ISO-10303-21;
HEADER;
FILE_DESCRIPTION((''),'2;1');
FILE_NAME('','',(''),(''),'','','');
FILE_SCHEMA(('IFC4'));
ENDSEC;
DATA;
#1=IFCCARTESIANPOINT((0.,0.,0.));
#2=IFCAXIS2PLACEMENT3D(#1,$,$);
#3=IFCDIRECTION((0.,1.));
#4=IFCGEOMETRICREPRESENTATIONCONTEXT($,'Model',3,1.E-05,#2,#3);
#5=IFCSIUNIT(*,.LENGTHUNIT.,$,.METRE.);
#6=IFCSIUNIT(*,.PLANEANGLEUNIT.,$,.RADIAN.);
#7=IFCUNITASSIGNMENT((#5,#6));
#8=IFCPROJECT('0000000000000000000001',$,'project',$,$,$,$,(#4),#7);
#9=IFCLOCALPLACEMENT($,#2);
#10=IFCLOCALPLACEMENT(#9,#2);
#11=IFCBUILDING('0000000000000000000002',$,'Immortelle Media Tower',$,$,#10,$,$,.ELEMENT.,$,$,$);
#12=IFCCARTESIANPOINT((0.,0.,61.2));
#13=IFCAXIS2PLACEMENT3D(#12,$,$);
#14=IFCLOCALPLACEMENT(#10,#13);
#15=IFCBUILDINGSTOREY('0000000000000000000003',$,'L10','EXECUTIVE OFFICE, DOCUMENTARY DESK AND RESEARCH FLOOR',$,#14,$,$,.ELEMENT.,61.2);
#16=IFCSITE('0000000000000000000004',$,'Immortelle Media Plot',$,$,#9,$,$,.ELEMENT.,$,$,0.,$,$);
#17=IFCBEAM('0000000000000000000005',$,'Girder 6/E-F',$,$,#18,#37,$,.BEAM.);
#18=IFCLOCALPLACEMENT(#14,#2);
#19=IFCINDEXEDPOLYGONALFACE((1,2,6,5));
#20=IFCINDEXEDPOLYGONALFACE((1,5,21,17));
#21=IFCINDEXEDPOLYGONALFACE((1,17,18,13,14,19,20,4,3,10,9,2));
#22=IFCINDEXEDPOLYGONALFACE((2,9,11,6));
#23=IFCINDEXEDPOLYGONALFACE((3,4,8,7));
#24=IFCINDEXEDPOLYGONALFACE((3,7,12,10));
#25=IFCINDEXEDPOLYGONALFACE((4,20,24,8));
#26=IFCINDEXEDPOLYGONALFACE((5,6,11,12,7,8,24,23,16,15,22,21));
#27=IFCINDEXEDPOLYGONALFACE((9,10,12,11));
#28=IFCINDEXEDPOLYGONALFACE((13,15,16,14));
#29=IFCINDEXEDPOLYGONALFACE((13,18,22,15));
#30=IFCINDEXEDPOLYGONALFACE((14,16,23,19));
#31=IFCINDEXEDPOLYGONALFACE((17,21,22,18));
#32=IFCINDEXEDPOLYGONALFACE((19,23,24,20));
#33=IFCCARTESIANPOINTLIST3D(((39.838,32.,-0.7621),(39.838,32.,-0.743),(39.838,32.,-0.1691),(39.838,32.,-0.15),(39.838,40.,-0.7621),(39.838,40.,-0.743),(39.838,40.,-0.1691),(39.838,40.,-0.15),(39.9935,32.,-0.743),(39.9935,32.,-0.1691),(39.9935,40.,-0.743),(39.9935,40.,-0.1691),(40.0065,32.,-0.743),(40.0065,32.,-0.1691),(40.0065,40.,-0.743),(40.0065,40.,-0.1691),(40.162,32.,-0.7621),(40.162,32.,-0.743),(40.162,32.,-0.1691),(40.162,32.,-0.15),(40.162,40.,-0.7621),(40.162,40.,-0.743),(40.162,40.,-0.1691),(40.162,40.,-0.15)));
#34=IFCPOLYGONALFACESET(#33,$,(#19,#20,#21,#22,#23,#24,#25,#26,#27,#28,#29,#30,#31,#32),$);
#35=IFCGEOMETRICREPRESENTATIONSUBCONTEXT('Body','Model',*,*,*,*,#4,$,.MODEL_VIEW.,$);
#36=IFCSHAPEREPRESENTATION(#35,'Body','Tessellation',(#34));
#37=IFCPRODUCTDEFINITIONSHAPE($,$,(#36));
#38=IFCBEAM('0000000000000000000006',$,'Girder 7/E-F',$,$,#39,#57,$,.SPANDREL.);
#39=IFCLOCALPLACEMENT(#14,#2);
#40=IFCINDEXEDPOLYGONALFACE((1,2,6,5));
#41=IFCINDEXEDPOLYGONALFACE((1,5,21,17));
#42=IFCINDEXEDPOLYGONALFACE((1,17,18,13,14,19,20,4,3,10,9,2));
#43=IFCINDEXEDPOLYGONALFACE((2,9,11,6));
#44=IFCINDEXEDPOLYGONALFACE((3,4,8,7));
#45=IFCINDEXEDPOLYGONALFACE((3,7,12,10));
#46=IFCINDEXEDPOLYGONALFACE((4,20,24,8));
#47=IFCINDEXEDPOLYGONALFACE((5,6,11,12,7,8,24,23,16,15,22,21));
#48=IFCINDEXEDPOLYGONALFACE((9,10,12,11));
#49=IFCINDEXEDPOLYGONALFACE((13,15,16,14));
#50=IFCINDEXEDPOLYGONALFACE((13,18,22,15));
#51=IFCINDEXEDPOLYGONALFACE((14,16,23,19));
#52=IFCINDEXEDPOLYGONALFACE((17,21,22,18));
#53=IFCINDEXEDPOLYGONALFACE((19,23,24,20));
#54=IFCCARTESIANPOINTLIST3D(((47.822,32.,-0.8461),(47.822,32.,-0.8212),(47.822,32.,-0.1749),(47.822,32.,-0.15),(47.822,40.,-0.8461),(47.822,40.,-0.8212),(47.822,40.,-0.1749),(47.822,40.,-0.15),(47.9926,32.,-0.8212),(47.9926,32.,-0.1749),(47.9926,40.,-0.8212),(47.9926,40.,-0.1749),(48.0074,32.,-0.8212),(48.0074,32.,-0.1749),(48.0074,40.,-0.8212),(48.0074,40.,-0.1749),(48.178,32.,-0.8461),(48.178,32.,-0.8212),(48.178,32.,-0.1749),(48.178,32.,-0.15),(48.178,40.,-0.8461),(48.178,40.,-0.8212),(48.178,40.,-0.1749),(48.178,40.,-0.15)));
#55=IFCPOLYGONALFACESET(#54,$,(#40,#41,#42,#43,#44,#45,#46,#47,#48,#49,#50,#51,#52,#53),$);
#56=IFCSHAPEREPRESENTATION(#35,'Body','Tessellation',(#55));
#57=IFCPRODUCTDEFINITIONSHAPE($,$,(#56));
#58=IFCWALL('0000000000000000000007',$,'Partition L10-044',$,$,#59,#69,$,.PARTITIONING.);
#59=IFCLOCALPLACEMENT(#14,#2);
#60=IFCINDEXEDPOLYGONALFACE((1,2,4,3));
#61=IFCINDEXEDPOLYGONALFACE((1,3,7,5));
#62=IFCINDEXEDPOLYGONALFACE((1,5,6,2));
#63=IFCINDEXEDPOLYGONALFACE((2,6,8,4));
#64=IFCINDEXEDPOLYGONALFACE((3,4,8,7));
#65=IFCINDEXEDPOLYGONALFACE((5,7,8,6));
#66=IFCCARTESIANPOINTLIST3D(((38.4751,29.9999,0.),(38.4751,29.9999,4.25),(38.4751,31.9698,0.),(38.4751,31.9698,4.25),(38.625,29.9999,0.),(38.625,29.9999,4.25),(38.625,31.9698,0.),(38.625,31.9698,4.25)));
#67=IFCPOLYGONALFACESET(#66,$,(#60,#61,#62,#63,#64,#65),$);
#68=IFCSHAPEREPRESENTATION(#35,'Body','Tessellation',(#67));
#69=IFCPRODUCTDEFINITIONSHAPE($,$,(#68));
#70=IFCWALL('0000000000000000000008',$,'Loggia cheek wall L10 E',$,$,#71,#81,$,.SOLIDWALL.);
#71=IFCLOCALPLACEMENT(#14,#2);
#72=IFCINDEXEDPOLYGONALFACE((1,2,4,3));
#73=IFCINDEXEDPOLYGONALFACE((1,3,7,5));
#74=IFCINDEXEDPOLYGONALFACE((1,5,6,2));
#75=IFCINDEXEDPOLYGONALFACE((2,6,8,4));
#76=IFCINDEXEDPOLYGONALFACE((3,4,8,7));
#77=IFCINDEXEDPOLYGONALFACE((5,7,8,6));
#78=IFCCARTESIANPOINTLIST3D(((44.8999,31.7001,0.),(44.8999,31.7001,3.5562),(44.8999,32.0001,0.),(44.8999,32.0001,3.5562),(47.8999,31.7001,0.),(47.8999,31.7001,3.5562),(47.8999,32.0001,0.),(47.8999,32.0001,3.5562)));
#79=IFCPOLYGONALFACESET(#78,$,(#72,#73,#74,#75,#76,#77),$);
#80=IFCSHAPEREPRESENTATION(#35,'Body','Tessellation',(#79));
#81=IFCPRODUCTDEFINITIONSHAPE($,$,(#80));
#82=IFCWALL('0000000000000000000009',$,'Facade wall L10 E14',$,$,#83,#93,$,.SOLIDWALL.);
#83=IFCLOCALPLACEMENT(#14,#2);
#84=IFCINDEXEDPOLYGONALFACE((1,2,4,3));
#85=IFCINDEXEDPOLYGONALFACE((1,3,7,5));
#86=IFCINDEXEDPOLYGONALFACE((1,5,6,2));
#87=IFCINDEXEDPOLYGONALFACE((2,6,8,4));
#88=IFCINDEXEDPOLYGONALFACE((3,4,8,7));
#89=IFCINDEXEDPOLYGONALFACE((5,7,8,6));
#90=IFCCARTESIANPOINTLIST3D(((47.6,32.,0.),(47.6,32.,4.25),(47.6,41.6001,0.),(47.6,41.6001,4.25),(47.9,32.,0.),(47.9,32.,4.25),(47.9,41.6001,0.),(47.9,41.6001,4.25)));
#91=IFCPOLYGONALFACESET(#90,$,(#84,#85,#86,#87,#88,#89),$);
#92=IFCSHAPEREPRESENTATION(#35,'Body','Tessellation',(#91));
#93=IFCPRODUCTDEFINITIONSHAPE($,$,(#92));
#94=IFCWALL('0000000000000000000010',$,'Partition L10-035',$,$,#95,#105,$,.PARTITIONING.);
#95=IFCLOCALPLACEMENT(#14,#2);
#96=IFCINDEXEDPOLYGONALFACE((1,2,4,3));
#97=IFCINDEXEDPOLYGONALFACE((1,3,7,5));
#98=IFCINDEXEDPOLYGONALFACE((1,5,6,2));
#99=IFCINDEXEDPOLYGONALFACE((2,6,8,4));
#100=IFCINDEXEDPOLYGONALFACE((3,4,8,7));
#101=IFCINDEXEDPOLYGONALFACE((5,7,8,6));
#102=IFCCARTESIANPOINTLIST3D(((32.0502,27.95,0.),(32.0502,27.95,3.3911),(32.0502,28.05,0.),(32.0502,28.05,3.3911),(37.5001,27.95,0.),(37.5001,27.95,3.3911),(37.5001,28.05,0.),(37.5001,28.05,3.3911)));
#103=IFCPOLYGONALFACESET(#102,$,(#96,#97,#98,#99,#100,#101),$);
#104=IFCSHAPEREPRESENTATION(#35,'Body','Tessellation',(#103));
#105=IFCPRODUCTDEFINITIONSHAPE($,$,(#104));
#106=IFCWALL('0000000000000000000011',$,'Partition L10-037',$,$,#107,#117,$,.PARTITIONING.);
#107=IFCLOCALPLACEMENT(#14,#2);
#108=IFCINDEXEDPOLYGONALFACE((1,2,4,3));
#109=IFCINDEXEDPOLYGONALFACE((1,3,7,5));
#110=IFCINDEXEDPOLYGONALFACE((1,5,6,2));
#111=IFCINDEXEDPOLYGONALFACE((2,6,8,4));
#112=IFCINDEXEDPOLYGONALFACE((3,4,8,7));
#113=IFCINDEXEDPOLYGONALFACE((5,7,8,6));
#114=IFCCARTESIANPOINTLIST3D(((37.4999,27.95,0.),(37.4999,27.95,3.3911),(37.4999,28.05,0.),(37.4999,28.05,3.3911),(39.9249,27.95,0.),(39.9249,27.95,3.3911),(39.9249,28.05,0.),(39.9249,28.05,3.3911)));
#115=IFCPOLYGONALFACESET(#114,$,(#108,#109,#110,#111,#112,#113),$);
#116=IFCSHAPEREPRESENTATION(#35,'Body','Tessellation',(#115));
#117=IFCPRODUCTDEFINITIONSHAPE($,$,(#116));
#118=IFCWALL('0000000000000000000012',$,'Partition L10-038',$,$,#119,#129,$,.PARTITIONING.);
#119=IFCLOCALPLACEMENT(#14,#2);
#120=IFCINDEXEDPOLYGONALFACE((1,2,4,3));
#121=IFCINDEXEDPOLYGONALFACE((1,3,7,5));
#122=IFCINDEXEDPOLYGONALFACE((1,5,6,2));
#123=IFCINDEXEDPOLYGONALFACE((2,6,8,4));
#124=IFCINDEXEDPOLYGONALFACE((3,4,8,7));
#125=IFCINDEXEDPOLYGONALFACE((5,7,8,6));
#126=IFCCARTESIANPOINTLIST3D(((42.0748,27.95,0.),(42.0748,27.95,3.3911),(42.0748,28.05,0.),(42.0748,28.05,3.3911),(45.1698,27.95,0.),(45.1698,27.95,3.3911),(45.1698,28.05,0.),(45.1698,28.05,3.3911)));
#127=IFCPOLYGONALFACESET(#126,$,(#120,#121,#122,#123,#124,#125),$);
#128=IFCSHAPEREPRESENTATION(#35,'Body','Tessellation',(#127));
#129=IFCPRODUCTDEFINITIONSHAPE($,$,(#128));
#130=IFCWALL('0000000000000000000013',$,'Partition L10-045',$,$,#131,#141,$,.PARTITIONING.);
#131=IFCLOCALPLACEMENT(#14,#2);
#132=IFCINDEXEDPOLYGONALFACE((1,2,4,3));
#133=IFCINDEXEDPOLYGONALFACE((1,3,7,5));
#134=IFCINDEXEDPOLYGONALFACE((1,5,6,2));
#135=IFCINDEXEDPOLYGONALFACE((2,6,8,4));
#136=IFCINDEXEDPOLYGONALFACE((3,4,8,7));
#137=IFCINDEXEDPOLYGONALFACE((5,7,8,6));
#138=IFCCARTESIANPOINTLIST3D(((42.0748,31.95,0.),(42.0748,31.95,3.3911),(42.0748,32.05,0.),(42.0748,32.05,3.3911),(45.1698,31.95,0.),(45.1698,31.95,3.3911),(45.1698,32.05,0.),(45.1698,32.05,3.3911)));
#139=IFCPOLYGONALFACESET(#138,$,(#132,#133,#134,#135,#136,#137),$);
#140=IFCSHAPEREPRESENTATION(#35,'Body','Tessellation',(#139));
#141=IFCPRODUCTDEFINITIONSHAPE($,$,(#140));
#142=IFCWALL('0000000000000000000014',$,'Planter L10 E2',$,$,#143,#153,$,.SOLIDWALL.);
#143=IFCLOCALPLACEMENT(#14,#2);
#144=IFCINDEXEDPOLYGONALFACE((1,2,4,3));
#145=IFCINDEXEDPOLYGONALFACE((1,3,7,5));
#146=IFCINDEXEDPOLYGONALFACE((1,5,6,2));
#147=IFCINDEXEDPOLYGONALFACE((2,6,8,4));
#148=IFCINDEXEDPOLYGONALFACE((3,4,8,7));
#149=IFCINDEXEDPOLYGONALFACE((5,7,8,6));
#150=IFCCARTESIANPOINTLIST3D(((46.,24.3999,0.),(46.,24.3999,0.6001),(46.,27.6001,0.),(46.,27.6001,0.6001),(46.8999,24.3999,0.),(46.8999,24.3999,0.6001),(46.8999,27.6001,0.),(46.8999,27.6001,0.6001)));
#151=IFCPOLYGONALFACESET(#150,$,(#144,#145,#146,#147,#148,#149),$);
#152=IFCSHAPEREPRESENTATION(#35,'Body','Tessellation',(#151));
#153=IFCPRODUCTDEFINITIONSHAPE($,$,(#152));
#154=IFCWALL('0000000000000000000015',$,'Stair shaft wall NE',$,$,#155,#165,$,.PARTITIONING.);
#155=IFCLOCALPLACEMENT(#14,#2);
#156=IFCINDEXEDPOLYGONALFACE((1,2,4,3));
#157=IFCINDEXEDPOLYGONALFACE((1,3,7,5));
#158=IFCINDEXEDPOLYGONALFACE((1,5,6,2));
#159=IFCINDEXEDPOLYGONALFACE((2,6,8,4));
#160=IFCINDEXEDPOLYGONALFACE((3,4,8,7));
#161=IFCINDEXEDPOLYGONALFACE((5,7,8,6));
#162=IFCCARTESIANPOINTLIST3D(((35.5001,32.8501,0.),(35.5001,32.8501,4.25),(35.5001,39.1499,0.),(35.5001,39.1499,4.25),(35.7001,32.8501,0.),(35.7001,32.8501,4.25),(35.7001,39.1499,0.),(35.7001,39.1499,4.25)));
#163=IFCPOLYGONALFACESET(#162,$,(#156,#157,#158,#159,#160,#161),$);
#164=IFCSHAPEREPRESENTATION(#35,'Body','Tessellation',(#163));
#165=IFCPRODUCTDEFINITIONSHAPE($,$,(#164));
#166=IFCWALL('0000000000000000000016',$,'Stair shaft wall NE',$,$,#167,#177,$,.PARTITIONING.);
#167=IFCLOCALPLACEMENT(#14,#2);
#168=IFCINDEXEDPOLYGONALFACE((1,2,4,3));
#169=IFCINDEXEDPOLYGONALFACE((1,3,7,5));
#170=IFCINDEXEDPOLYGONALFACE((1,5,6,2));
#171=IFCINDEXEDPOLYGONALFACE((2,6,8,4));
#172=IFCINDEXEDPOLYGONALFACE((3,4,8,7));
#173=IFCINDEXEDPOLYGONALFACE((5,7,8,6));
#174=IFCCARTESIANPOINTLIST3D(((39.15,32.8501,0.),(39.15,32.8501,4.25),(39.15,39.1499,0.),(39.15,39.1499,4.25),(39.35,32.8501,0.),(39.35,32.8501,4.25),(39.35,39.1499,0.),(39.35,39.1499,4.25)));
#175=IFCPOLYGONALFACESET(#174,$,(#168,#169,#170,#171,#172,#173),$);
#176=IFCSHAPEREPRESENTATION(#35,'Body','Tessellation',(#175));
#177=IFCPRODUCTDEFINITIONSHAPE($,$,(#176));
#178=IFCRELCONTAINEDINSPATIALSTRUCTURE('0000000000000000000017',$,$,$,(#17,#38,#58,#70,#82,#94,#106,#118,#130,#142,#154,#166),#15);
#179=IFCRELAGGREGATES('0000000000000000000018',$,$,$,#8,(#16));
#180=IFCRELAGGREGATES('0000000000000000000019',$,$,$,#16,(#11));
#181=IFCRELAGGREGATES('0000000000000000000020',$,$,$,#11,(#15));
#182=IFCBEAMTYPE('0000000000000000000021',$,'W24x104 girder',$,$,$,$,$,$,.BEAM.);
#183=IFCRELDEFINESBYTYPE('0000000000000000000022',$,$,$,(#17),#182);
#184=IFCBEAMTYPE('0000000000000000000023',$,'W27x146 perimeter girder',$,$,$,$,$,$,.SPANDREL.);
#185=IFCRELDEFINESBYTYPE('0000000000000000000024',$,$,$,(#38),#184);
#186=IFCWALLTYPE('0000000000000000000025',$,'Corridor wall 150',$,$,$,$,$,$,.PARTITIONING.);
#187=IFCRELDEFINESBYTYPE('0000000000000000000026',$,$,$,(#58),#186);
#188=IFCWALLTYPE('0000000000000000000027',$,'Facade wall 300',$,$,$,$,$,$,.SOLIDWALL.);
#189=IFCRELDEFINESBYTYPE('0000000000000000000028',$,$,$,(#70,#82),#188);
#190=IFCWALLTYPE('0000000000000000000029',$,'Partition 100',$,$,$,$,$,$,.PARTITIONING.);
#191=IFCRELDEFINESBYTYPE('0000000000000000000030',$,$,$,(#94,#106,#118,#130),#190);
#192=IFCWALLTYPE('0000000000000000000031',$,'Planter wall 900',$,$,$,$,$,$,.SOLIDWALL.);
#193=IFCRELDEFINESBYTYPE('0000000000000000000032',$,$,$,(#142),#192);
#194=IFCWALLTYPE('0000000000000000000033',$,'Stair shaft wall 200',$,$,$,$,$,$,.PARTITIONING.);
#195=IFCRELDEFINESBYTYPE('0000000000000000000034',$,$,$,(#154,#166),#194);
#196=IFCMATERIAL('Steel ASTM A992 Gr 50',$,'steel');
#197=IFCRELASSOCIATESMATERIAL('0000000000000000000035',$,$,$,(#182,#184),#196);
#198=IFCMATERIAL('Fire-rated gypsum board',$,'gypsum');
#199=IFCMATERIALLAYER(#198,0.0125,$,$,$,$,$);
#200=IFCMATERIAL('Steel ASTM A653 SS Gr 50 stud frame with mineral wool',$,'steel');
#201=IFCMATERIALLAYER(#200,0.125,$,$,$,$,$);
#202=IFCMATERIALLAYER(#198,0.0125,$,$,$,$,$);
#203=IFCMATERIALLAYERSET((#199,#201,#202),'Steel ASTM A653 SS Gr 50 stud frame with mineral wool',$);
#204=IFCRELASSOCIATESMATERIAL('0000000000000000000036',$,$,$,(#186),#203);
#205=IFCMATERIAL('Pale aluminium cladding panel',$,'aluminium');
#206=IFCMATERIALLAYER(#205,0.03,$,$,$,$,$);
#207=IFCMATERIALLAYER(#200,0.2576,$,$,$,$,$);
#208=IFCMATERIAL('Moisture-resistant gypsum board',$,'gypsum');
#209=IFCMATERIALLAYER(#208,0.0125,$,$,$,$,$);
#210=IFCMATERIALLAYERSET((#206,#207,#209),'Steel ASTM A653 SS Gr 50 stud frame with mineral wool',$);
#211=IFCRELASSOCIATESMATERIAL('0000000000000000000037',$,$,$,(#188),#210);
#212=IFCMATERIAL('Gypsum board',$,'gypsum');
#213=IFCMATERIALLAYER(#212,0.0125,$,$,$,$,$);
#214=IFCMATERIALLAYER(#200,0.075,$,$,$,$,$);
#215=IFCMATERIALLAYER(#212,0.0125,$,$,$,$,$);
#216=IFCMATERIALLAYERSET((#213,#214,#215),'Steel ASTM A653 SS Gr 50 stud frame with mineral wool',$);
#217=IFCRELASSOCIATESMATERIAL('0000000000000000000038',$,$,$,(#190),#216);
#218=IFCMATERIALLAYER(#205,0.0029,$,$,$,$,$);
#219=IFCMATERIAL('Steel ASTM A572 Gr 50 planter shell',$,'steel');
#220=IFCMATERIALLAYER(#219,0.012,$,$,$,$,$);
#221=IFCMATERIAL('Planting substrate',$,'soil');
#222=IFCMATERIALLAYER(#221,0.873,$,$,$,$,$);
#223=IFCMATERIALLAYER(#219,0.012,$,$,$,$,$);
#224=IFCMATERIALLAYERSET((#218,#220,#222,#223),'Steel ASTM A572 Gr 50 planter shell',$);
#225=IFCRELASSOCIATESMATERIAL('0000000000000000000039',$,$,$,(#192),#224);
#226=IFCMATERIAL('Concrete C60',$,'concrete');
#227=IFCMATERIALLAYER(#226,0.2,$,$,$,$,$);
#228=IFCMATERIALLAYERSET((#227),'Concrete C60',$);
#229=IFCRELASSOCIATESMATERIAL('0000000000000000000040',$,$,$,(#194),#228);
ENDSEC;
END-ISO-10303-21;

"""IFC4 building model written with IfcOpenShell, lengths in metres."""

from ifc_helpers import new_model, si_unit, direction, frame, frame_2d, origin, origin_2d, place, context, subcontext, project, spatial, rectangle, i_section, extrude, material, layer, layer_set, material_profile, profile_set, type_object, element, save


model = new_model("IFC4")

# Units and contexts
model_context = context("Model", 3, precision=1e-05, world=origin(), true_north=direction((0.0, 1.0)))
body_context = subcontext(model_context, "Body", "Model", "MODEL_VIEW")
ifc_project = project(units=[si_unit("LENGTHUNIT", "METRE"), si_unit("PLANEANGLEUNIT", "RADIAN")], contexts=[model_context])

# Site, building, storey
site_placement = place(None, origin())
site = spatial("IfcSite", under=ifc_project, at=site_placement, Name="Immortelle Media Plot", CompositionType="ELEMENT", RefElevation=0.0)
building_placement = place(site_placement, origin())
building = spatial("IfcBuilding", under=site, at=building_placement, Name="Immortelle Media Tower", CompositionType="ELEMENT")
storey_placement = place(building_placement, frame((0.0, 0.0, 61.2)))
storey = spatial("IfcBuildingStorey", under=building, at=storey_placement, Name="L10", Description="EXECUTIVE OFFICE, DOCUMENTARY DESK AND RESEARCH FLOOR", CompositionType="ELEMENT", Elevation=61.2)

# Shared definitions
ifc_material_1 = material(Name="Steel ASTM A992 Gr 50", Category="steel")

# Beams
ifc_material_profile_1 = material_profile(ifc_material_1, i_section(OverallWidth=0.324, OverallDepth=0.6121, WebThickness=0.0129, FlangeThickness=0.019, at=origin_2d()), Name="W24x104")
ifc_profile_set_1 = profile_set([ifc_material_profile_1], Name="Steel ASTM A992 Gr 50")
beam_type_1 = type_object("IfcBeamType", Name="W24x104 girder", PredefinedType="BEAM", material=ifc_profile_set_1)
for number, where, z_axis, x_axis, name in (
    (1, (40.0, 32.0, -0.4561), (0.0, 1.0, 0.0), (-1.0, 0.0, 0.0), "Girder 6/E-F"),
):
    element("IfcBeam", number, at=place(storey_placement, frame(where, z_axis=z_axis, x_axis=x_axis)), inside=storey, type_object=beam_type_1, Name=name, PredefinedType="BEAM", context=body_context, shape_type="SweptSolid", body=[
        extrude(i_section(OverallWidth=0.324, OverallDepth=0.6121, WebThickness=0.0129, FlangeThickness=0.019, at=origin_2d()), origin(), (0.0, 0.0, 1.0), 8.0),
    ])
ifc_material_profile_2 = material_profile(ifc_material_1, i_section(OverallWidth=0.356, OverallDepth=0.696, WebThickness=0.0149, FlangeThickness=0.0249, at=origin_2d()), Name="W27x146")
ifc_profile_set_2 = profile_set([ifc_material_profile_2], Name="Steel ASTM A992 Gr 50")
beam_type_2 = type_object("IfcBeamType", Name="W27x146 perimeter girder", PredefinedType="SPANDREL", material=ifc_profile_set_2)
beam_1_placement = place(storey_placement, frame((48.0, 32.0, -0.498), z_axis=(0.0, 1.0, 0.0), x_axis=(-1.0, 0.0, 0.0)))
element("IfcBeam", 2, at=beam_1_placement, inside=storey, type_object=beam_type_2, Name="Girder 7/E-F", PredefinedType="SPANDREL", context=body_context, shape_type="SweptSolid", body=[
    extrude(i_section(OverallWidth=0.356, OverallDepth=0.696, WebThickness=0.0149, FlangeThickness=0.0249, at=origin_2d()), origin(), (0.0, 0.0, 1.0), 8.0),
])

# Wall
ifc_material_2 = material(Name="Fire-rated gypsum board", Category="gypsum")
ifc_layer_1 = layer(ifc_material_2, 0.0125)
ifc_material_3 = material(Name="Steel ASTM A653 SS Gr 50 stud frame with mineral wool", Category="steel")
ifc_layer_2 = layer(ifc_material_3, 0.125)
ifc_layer_3 = layer(ifc_material_2, 0.0125)
ifc_layer_set_1 = layer_set([ifc_layer_1, ifc_layer_2, ifc_layer_3], Name="Steel ASTM A653 SS Gr 50 stud frame with mineral wool")
wall_type_1 = type_object("IfcWallType", Name="Corridor wall 150", PredefinedType="PARTITIONING", material=ifc_layer_set_1)
wall_1_placement = place(storey_placement, frame((38.55, 30.0, 0.0), z_axis=(0.0, 0.0, 1.0), x_axis=(0.0, 1.0, 0.0)))
element("IfcWall", 3, at=wall_1_placement, inside=storey, type_object=wall_type_1, Name="Partition L10-044", PredefinedType="PARTITIONING", context=body_context, shape_type="SweptSolid", body=[
    extrude(rectangle(XDim=1.97, YDim=0.1499, at=frame_2d((0.9849, 0.0))), origin(), (0.0, 0.0, 1.0), 4.25),
])

# Shared definitions
ifc_material_4 = material(Name="Pale aluminium cladding panel", Category="aluminium")
ifc_layer_4 = layer(ifc_material_4, 0.03)
ifc_layer_5 = layer(ifc_material_3, 0.2576)
ifc_material_5 = material(Name="Moisture-resistant gypsum board", Category="gypsum")
ifc_layer_6 = layer(ifc_material_5, 0.0125)
ifc_layer_set_2 = layer_set([ifc_layer_4, ifc_layer_5, ifc_layer_6], Name="Steel ASTM A653 SS Gr 50 stud frame with mineral wool")
wall_type_2 = type_object("IfcWallType", Name="Facade wall 300", PredefinedType="SOLIDWALL", material=ifc_layer_set_2)

# Walls
wall_2_placement = place(storey_placement, frame((47.8999, 31.8501, 0.0), z_axis=(0.0, 0.0, 1.0), x_axis=(-1.0, 0.0, 0.0)))
element("IfcWall", 4, at=wall_2_placement, inside=storey, type_object=wall_type_2, Name="Loggia cheek wall L10 E", PredefinedType="SOLIDWALL", context=body_context, shape_type="SweptSolid", body=[
    extrude(rectangle(XDim=3.0, YDim=0.3, at=frame_2d((1.5, 0.0))), origin(), (0.0, 0.0, 1.0), 3.5562),
])
wall_3_placement = place(storey_placement, frame((47.75, 32.0, 0.0), z_axis=(0.0, 0.0, 1.0), x_axis=(0.0, 1.0, 0.0)))
element("IfcWall", 5, at=wall_3_placement, inside=storey, type_object=wall_type_2, Name="Facade wall L10 E14", PredefinedType="SOLIDWALL", context=body_context, shape_type="SweptSolid", body=[
    extrude(rectangle(XDim=9.6001, YDim=0.3, at=frame_2d((4.8, 0.0))), origin(), (0.0, 0.0, 1.0), 4.25),
])
ifc_material_6 = material(Name="Gypsum board", Category="gypsum")
ifc_layer_7 = layer(ifc_material_6, 0.0125)
ifc_layer_8 = layer(ifc_material_3, 0.075)
ifc_layer_9 = layer(ifc_material_6, 0.0125)
ifc_layer_set_3 = layer_set([ifc_layer_7, ifc_layer_8, ifc_layer_9], Name="Steel ASTM A653 SS Gr 50 stud frame with mineral wool")
wall_type_3 = type_object("IfcWallType", Name="Partition 100", PredefinedType="PARTITIONING", material=ifc_layer_set_3)
wall_4_placement = place(storey_placement, frame((32.05, 28.0, 0.0), z_axis=(0.0, 0.0, 1.0), x_axis=(1.0, 0.0, 0.0)))
element("IfcWall", 6, at=wall_4_placement, inside=storey, type_object=wall_type_3, Name="Partition L10-035", PredefinedType="PARTITIONING", context=body_context, shape_type="SweptSolid", body=[
    extrude(rectangle(XDim=5.45, YDim=0.1001, at=frame_2d((2.7251, 0.0))), origin(), (0.0, 0.0, 1.0), 3.3911),
])
wall_5_placement = place(storey_placement, frame((37.5, 28.0, 0.0), z_axis=(0.0, 0.0, 1.0), x_axis=(1.0, 0.0, 0.0)))
element("IfcWall", 7, at=wall_5_placement, inside=storey, type_object=wall_type_3, Name="Partition L10-037", PredefinedType="PARTITIONING", context=body_context, shape_type="SweptSolid", body=[
    extrude(rectangle(XDim=2.425, YDim=0.1001, at=frame_2d((1.2124, 0.0))), origin(), (0.0, 0.0, 1.0), 3.3911),
])
for number, where, z_axis, x_axis, name in (
    (8, (42.075, 28.0, 0.0), (0.0, 0.0, 1.0), (1.0, 0.0, 0.0), "Partition L10-038"),
    (9, (42.075, 32.0, 0.0), (0.0, 0.0, 1.0), (1.0, 0.0, 0.0), "Partition L10-045"),
):
    element("IfcWall", number, at=place(storey_placement, frame(where, z_axis=z_axis, x_axis=x_axis)), inside=storey, type_object=wall_type_3, Name=name, PredefinedType="PARTITIONING", context=body_context, shape_type="SweptSolid", body=[
        extrude(rectangle(XDim=3.095, YDim=0.1001, at=frame_2d((1.5474, 0.0))), origin(), (0.0, 0.0, 1.0), 3.3911),
    ])
ifc_layer_10 = layer(ifc_material_4, 0.0029)
ifc_material_7 = material(Name="Steel ASTM A572 Gr 50 planter shell", Category="steel")
ifc_layer_11 = layer(ifc_material_7, 0.012)
ifc_material_8 = material(Name="Planting substrate", Category="soil")
ifc_layer_12 = layer(ifc_material_8, 0.873)
ifc_layer_13 = layer(ifc_material_7, 0.012)
ifc_layer_set_4 = layer_set([ifc_layer_10, ifc_layer_11, ifc_layer_12, ifc_layer_13], Name="Steel ASTM A572 Gr 50 planter shell")
wall_type_4 = type_object("IfcWallType", Name="Planter wall 900", PredefinedType="SOLIDWALL", material=ifc_layer_set_4)
wall_6_placement = place(storey_placement, frame((46.45, 24.3999, 0.0), z_axis=(0.0, 0.0, 1.0), x_axis=(0.0, 1.0, 0.0)))
element("IfcWall", 10, at=wall_6_placement, inside=storey, type_object=wall_type_4, Name="Planter L10 E2", PredefinedType="SOLIDWALL", context=body_context, shape_type="SweptSolid", body=[
    extrude(rectangle(XDim=3.2002, YDim=0.8999, at=frame_2d((1.6001, 0.0))), origin(), (0.0, 0.0, 1.0), 0.6001),
])
ifc_material_9 = material(Name="Concrete C60", Category="concrete")
ifc_layer_14 = layer(ifc_material_9, 0.2)
ifc_layer_set_5 = layer_set([ifc_layer_14], Name="Concrete C60")
wall_type_5 = type_object("IfcWallType", Name="Stair shaft wall 200", PredefinedType="PARTITIONING", material=ifc_layer_set_5)
for number, where, z_axis, x_axis, name in (
    (11, (35.6001, 32.8501, 0.0), (0.0, 0.0, 1.0), (0.0, 1.0, 0.0), "Stair shaft wall NE"),
    (12, (39.25, 32.8501, 0.0), (0.0, 0.0, 1.0), (0.0, 1.0, 0.0), "Stair shaft wall NE"),
):
    element("IfcWall", number, at=place(storey_placement, frame(where, z_axis=z_axis, x_axis=x_axis)), inside=storey, type_object=wall_type_5, Name=name, PredefinedType="PARTITIONING", context=body_context, shape_type="SweptSolid", body=[
        extrude(rectangle(XDim=6.2998, YDim=0.2, at=frame_2d((3.1499, 0.0))), origin(), (0.0, 0.0, 1.0), 4.25),
    ])

save(model, "model.ifc")
